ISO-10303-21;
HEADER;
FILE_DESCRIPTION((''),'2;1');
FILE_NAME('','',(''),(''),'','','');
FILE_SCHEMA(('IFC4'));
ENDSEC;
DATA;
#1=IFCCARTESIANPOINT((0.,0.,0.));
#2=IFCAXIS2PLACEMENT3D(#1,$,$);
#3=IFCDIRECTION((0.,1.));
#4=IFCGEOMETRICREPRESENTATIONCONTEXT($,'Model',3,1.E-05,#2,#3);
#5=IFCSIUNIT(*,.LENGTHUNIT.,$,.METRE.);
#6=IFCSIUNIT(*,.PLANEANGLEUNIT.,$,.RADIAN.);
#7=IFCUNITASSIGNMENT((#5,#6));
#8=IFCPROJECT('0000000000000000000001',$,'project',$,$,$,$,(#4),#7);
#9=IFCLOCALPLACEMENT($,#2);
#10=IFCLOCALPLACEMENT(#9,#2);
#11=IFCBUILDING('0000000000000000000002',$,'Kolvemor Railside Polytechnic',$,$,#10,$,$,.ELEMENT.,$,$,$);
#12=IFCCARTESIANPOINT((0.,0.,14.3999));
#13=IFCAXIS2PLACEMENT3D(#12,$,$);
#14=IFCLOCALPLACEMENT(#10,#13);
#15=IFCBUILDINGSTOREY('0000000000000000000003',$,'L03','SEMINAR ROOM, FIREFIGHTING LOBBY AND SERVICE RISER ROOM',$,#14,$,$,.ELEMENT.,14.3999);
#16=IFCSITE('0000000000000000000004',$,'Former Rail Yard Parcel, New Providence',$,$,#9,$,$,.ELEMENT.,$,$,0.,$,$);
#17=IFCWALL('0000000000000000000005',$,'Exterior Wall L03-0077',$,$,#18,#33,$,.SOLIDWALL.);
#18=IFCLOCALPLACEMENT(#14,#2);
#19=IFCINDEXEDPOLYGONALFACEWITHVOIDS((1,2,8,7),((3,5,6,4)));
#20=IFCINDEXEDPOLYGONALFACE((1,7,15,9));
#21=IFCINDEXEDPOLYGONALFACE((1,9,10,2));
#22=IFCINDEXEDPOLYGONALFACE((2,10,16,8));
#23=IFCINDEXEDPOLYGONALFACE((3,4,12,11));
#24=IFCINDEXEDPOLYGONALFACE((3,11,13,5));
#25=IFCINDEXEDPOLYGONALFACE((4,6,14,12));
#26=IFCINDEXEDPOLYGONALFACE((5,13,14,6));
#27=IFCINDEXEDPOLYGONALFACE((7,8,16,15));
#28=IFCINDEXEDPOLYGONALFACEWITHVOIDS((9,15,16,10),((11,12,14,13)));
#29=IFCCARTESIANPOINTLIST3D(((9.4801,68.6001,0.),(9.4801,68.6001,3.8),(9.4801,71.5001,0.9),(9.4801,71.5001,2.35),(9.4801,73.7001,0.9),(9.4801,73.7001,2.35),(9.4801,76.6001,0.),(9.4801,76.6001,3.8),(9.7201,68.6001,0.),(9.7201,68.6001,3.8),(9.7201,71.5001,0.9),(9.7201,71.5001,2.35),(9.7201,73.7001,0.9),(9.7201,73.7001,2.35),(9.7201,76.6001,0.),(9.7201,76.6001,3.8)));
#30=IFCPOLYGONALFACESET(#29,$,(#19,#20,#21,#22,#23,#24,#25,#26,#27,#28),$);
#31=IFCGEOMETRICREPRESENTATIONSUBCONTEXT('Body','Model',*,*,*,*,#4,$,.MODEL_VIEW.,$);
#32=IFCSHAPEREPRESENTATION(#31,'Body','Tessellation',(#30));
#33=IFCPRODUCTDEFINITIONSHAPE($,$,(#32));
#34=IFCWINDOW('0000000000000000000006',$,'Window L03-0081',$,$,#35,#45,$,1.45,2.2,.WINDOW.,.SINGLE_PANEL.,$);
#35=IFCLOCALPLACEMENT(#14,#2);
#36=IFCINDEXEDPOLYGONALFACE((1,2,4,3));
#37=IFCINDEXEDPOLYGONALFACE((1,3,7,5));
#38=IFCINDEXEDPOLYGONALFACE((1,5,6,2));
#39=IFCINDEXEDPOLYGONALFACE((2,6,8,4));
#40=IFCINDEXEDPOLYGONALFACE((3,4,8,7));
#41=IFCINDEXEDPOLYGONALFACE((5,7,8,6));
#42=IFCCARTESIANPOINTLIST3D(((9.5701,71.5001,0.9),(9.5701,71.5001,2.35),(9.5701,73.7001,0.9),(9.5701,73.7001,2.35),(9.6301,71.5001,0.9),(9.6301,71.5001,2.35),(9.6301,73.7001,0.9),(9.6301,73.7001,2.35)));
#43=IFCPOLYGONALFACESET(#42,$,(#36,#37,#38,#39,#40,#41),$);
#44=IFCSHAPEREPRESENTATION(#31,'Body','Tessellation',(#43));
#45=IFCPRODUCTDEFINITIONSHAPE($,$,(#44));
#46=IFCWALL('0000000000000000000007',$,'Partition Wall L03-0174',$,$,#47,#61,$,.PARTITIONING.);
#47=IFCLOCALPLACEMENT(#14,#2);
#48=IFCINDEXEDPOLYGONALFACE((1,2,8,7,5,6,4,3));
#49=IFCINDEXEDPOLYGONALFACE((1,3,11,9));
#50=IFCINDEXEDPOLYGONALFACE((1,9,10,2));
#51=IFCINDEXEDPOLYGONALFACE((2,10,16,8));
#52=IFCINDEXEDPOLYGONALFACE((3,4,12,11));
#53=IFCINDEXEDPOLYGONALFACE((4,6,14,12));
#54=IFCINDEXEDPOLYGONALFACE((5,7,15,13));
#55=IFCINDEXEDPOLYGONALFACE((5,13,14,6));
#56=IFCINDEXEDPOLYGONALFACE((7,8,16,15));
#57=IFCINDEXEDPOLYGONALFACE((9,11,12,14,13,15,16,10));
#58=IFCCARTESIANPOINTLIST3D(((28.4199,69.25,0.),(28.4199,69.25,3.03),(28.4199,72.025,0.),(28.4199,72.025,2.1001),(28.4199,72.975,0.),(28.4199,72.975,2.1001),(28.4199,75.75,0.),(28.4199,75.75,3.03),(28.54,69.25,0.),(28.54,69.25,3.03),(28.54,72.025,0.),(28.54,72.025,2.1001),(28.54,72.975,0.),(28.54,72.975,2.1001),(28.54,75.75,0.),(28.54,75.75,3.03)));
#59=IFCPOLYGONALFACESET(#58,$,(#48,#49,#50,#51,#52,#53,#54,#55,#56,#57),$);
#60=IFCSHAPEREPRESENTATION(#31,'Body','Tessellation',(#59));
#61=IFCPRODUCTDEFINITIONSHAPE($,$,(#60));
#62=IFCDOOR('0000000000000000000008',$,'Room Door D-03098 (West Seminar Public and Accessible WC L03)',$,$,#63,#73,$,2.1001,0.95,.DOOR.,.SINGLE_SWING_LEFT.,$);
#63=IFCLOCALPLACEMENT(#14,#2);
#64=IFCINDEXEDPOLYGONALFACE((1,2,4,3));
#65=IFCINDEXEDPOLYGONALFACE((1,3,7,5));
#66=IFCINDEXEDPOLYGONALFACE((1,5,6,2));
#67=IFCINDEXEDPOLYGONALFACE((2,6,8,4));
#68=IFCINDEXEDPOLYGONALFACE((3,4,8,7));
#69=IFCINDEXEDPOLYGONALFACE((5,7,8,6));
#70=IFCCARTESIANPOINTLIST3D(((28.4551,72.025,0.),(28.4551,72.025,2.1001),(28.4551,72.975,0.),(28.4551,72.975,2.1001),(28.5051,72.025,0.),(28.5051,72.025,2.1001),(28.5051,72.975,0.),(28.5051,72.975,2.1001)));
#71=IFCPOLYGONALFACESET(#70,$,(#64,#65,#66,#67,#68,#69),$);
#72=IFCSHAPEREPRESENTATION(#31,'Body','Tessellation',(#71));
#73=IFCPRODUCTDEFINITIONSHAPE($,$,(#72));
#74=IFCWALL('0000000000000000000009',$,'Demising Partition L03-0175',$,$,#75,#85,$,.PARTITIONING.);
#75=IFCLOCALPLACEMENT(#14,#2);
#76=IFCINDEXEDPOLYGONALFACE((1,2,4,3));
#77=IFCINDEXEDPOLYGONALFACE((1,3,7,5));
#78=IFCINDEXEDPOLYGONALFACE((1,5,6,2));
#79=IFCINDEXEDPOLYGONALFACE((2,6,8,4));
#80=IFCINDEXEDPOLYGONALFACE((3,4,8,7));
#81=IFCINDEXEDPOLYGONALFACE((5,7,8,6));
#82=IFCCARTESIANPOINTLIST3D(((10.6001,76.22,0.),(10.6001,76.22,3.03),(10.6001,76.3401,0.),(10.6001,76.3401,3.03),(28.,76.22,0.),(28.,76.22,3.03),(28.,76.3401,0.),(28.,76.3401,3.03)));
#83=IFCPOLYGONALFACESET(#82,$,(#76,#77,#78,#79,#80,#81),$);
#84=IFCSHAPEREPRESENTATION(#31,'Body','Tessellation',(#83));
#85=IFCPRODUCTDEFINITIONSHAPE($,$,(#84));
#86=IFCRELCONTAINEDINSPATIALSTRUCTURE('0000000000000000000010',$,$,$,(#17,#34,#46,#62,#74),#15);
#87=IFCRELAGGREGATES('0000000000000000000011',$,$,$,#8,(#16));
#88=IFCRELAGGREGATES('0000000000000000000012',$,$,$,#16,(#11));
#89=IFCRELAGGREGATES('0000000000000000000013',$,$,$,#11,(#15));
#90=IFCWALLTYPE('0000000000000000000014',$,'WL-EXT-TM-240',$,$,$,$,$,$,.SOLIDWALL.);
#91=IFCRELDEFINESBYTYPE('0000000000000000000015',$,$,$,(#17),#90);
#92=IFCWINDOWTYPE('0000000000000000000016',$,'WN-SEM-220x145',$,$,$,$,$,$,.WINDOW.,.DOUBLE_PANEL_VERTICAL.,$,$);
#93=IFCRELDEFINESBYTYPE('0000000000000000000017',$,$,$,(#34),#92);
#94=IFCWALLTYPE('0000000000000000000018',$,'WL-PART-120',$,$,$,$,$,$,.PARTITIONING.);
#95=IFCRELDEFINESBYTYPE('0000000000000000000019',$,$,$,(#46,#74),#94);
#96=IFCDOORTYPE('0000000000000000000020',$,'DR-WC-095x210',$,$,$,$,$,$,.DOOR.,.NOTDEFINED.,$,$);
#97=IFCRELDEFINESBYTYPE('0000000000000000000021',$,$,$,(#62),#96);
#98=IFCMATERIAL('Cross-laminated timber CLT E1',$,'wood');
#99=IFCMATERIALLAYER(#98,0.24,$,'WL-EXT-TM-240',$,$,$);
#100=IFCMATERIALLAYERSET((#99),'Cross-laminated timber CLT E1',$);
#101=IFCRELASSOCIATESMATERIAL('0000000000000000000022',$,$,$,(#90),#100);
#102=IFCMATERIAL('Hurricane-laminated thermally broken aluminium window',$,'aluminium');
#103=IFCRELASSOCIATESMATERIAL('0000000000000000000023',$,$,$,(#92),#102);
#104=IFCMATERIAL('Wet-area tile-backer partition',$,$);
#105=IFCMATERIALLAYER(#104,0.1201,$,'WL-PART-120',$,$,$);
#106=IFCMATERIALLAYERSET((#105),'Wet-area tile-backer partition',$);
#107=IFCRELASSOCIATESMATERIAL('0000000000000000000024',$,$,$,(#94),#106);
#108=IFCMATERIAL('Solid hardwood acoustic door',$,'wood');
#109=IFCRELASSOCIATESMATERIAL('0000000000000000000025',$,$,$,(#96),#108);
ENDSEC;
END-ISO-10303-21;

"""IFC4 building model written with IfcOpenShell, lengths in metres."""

from ifc_helpers import new_model, si_unit, direction, frame, frame_2d, origin, place, context, subcontext, project, spatial, rectangle, extrude, material, layer, layer_set, type_object, element, fill, save


model = new_model("IFC4")

# Units and contexts
model_context = context("Model", 3, precision=1e-05, world=origin(), true_north=direction((0.0, 1.0)))
body_context = subcontext(model_context, "Body", "Model", "MODEL_VIEW")
ifc_project = project(units=[si_unit("LENGTHUNIT", "METRE"), si_unit("PLANEANGLEUNIT", "RADIAN")], contexts=[model_context])

# Site, building, storey
site_placement = place(None, origin())
site = spatial("IfcSite", under=ifc_project, at=site_placement, Name="Former Rail Yard Parcel, New Providence", CompositionType="ELEMENT", RefElevation=0.0)
building_placement = place(site_placement, origin())
building = spatial("IfcBuilding", under=site, at=building_placement, Name="Kolvemor Railside Polytechnic", CompositionType="ELEMENT")
storey_placement = place(building_placement, frame((0.0, 0.0, 14.3999)))
storey = spatial("IfcBuildingStorey", under=building, at=storey_placement, Name="L03", Description="SEMINAR ROOM, FIREFIGHTING LOBBY AND SERVICE RISER ROOM", CompositionType="ELEMENT", Elevation=14.3999)

# Wall, opening, window
ifc_material_1 = material(Name="Cross-laminated timber CLT E1", Category="wood")
ifc_layer_1 = layer(ifc_material_1, 0.24, Name="WL-EXT-TM-240")
ifc_layer_set_1 = layer_set([ifc_layer_1], Name="Cross-laminated timber CLT E1")
wall_type_1 = type_object("IfcWallType", Name="WL-EXT-TM-240", PredefinedType="SOLIDWALL", material=ifc_layer_set_1)
ifc_material_2 = material(Name="Hurricane-laminated thermally broken aluminium window", Category="aluminium")
window_type_1 = type_object("IfcWindowType", Name="WN-SEM-220x145", PartitioningType="DOUBLE_PANEL_VERTICAL", PredefinedType="WINDOW", material=ifc_material_2)
wall_1_placement = place(storey_placement, frame((9.6001, 76.6001, 0.0), z_axis=(0.0, 0.0, 1.0), x_axis=(0.0, -1.0, 0.0)))
wall_1 = element("IfcWall", 1, at=wall_1_placement, inside=storey, type_object=wall_type_1, Name="Exterior Wall L03-0077", PredefinedType="SOLIDWALL", context=body_context, shape_type="SweptSolid", body=[
    extrude(rectangle(XDim=8.0, YDim=0.24, at=frame_2d((4.0, 0.0))), origin(), (0.0, 0.0, 1.0), 3.8),
])
opening_1_placement = place(wall_1_placement, frame((2.8999, 0.0, 0.8999)))
opening_1 = element("IfcOpeningElement", 2, at=opening_1_placement, cuts=wall_1, PredefinedType="OPENING", context=body_context, shape_type="SweptSolid", body=[
    extrude(rectangle(XDim=2.2, YDim=1.45, at=frame_2d((1.1001, 0.7251))), frame((0.0, 0.1299, 0.0), z_axis=(0.0, -1.0, 0.0), x_axis=(1.0, 0.0, 0.0)), (0.0, 0.0, 1.0), 0.26),
])
window_1_placement = place(opening_1_placement, origin())
window_1 = element("IfcWindow", 3, at=window_1_placement, inside=storey, type_object=window_type_1, Name="Window L03-0081", OverallHeight=1.45, OverallWidth=2.2, PartitioningType="SINGLE_PANEL", PredefinedType="WINDOW", context=body_context, shape_type="SweptSolid", body=[
    extrude(rectangle(XDim=2.2, YDim=1.45, at=frame_2d((1.1001, 0.7251))), frame((0.0, 0.03, 0.0), z_axis=(0.0, -1.0, 0.0), x_axis=(1.0, 0.0, 0.0)), (0.0, 0.0, 1.0), 0.0601),
])
fill(opening_1, window_1)

# Wall, opening, door
ifc_material_3 = material(Name="Wet-area tile-backer partition")
ifc_layer_2 = layer(ifc_material_3, 0.1201, Name="WL-PART-120")
ifc_layer_set_2 = layer_set([ifc_layer_2], Name="Wet-area tile-backer partition")
wall_type_2 = type_object("IfcWallType", Name="WL-PART-120", PredefinedType="PARTITIONING", material=ifc_layer_set_2)
wall_2_placement = place(storey_placement, frame((28.48, 69.25, 0.0), z_axis=(0.0, 0.0, 1.0), x_axis=(0.0, 1.0, 0.0)))
wall_2 = element("IfcWall", 4, at=wall_2_placement, inside=storey, type_object=wall_type_2, Name="Partition Wall L03-0174", PredefinedType="PARTITIONING", context=body_context, shape_type="SweptSolid", body=[
    extrude(rectangle(XDim=6.5, YDim=0.1201, at=frame_2d((3.25, 0.0))), origin(), (0.0, 0.0, 1.0), 3.03),
])
opening_2_placement = place(wall_2_placement, frame((2.7749, 0.0, 0.0)))
opening_2 = element("IfcOpeningElement", 5, at=opening_2_placement, cuts=wall_2, PredefinedType="OPENING", context=body_context, shape_type="SweptSolid", body=[
    extrude(rectangle(XDim=0.95, YDim=2.1001, at=frame_2d((0.4751, 1.05))), frame((0.0, 0.0701, 0.0), z_axis=(0.0, -1.0, 0.0), x_axis=(1.0, 0.0, 0.0)), (0.0, 0.0, 1.0), 0.1401),
])
ifc_material_4 = material(Name="Solid hardwood acoustic door", Category="wood")
door_type_1 = type_object("IfcDoorType", Name="DR-WC-095x210", OperationType="NOTDEFINED", PredefinedType="DOOR", material=ifc_material_4)
door_1_placement = place(opening_2_placement, origin())
door_1 = element("IfcDoor", 6, at=door_1_placement, inside=storey, type_object=door_type_1, Name="Room Door D-03098 (West Seminar Public and Accessible WC L03)", OperationType="SINGLE_SWING_LEFT", OverallHeight=2.1001, OverallWidth=0.95, PredefinedType="DOOR", context=body_context, shape_type="SweptSolid", body=[
    extrude(rectangle(XDim=0.95, YDim=2.1001, at=frame_2d((0.4751, 1.05))), frame((0.0, 0.0249, 0.0), z_axis=(0.0, -1.0, 0.0), x_axis=(1.0, 0.0, 0.0)), (0.0, 0.0, 1.0), 0.05),
])
fill(opening_2, door_1)

# Wall
wall_3_placement = place(storey_placement, frame((10.6001, 76.28, 0.0), z_axis=(0.0, 0.0, 1.0), x_axis=(1.0, 0.0, 0.0)))
element("IfcWall", 7, at=wall_3_placement, inside=storey, type_object=wall_type_2, Name="Demising Partition L03-0175", PredefinedType="PARTITIONING", context=body_context, shape_type="SweptSolid", body=[
    extrude(rectangle(XDim=17.3999, YDim=0.1201, at=frame_2d((8.7, 0.0))), origin(), (0.0, 0.0, 1.0), 3.03),
])

save(model, "model.ifc")
